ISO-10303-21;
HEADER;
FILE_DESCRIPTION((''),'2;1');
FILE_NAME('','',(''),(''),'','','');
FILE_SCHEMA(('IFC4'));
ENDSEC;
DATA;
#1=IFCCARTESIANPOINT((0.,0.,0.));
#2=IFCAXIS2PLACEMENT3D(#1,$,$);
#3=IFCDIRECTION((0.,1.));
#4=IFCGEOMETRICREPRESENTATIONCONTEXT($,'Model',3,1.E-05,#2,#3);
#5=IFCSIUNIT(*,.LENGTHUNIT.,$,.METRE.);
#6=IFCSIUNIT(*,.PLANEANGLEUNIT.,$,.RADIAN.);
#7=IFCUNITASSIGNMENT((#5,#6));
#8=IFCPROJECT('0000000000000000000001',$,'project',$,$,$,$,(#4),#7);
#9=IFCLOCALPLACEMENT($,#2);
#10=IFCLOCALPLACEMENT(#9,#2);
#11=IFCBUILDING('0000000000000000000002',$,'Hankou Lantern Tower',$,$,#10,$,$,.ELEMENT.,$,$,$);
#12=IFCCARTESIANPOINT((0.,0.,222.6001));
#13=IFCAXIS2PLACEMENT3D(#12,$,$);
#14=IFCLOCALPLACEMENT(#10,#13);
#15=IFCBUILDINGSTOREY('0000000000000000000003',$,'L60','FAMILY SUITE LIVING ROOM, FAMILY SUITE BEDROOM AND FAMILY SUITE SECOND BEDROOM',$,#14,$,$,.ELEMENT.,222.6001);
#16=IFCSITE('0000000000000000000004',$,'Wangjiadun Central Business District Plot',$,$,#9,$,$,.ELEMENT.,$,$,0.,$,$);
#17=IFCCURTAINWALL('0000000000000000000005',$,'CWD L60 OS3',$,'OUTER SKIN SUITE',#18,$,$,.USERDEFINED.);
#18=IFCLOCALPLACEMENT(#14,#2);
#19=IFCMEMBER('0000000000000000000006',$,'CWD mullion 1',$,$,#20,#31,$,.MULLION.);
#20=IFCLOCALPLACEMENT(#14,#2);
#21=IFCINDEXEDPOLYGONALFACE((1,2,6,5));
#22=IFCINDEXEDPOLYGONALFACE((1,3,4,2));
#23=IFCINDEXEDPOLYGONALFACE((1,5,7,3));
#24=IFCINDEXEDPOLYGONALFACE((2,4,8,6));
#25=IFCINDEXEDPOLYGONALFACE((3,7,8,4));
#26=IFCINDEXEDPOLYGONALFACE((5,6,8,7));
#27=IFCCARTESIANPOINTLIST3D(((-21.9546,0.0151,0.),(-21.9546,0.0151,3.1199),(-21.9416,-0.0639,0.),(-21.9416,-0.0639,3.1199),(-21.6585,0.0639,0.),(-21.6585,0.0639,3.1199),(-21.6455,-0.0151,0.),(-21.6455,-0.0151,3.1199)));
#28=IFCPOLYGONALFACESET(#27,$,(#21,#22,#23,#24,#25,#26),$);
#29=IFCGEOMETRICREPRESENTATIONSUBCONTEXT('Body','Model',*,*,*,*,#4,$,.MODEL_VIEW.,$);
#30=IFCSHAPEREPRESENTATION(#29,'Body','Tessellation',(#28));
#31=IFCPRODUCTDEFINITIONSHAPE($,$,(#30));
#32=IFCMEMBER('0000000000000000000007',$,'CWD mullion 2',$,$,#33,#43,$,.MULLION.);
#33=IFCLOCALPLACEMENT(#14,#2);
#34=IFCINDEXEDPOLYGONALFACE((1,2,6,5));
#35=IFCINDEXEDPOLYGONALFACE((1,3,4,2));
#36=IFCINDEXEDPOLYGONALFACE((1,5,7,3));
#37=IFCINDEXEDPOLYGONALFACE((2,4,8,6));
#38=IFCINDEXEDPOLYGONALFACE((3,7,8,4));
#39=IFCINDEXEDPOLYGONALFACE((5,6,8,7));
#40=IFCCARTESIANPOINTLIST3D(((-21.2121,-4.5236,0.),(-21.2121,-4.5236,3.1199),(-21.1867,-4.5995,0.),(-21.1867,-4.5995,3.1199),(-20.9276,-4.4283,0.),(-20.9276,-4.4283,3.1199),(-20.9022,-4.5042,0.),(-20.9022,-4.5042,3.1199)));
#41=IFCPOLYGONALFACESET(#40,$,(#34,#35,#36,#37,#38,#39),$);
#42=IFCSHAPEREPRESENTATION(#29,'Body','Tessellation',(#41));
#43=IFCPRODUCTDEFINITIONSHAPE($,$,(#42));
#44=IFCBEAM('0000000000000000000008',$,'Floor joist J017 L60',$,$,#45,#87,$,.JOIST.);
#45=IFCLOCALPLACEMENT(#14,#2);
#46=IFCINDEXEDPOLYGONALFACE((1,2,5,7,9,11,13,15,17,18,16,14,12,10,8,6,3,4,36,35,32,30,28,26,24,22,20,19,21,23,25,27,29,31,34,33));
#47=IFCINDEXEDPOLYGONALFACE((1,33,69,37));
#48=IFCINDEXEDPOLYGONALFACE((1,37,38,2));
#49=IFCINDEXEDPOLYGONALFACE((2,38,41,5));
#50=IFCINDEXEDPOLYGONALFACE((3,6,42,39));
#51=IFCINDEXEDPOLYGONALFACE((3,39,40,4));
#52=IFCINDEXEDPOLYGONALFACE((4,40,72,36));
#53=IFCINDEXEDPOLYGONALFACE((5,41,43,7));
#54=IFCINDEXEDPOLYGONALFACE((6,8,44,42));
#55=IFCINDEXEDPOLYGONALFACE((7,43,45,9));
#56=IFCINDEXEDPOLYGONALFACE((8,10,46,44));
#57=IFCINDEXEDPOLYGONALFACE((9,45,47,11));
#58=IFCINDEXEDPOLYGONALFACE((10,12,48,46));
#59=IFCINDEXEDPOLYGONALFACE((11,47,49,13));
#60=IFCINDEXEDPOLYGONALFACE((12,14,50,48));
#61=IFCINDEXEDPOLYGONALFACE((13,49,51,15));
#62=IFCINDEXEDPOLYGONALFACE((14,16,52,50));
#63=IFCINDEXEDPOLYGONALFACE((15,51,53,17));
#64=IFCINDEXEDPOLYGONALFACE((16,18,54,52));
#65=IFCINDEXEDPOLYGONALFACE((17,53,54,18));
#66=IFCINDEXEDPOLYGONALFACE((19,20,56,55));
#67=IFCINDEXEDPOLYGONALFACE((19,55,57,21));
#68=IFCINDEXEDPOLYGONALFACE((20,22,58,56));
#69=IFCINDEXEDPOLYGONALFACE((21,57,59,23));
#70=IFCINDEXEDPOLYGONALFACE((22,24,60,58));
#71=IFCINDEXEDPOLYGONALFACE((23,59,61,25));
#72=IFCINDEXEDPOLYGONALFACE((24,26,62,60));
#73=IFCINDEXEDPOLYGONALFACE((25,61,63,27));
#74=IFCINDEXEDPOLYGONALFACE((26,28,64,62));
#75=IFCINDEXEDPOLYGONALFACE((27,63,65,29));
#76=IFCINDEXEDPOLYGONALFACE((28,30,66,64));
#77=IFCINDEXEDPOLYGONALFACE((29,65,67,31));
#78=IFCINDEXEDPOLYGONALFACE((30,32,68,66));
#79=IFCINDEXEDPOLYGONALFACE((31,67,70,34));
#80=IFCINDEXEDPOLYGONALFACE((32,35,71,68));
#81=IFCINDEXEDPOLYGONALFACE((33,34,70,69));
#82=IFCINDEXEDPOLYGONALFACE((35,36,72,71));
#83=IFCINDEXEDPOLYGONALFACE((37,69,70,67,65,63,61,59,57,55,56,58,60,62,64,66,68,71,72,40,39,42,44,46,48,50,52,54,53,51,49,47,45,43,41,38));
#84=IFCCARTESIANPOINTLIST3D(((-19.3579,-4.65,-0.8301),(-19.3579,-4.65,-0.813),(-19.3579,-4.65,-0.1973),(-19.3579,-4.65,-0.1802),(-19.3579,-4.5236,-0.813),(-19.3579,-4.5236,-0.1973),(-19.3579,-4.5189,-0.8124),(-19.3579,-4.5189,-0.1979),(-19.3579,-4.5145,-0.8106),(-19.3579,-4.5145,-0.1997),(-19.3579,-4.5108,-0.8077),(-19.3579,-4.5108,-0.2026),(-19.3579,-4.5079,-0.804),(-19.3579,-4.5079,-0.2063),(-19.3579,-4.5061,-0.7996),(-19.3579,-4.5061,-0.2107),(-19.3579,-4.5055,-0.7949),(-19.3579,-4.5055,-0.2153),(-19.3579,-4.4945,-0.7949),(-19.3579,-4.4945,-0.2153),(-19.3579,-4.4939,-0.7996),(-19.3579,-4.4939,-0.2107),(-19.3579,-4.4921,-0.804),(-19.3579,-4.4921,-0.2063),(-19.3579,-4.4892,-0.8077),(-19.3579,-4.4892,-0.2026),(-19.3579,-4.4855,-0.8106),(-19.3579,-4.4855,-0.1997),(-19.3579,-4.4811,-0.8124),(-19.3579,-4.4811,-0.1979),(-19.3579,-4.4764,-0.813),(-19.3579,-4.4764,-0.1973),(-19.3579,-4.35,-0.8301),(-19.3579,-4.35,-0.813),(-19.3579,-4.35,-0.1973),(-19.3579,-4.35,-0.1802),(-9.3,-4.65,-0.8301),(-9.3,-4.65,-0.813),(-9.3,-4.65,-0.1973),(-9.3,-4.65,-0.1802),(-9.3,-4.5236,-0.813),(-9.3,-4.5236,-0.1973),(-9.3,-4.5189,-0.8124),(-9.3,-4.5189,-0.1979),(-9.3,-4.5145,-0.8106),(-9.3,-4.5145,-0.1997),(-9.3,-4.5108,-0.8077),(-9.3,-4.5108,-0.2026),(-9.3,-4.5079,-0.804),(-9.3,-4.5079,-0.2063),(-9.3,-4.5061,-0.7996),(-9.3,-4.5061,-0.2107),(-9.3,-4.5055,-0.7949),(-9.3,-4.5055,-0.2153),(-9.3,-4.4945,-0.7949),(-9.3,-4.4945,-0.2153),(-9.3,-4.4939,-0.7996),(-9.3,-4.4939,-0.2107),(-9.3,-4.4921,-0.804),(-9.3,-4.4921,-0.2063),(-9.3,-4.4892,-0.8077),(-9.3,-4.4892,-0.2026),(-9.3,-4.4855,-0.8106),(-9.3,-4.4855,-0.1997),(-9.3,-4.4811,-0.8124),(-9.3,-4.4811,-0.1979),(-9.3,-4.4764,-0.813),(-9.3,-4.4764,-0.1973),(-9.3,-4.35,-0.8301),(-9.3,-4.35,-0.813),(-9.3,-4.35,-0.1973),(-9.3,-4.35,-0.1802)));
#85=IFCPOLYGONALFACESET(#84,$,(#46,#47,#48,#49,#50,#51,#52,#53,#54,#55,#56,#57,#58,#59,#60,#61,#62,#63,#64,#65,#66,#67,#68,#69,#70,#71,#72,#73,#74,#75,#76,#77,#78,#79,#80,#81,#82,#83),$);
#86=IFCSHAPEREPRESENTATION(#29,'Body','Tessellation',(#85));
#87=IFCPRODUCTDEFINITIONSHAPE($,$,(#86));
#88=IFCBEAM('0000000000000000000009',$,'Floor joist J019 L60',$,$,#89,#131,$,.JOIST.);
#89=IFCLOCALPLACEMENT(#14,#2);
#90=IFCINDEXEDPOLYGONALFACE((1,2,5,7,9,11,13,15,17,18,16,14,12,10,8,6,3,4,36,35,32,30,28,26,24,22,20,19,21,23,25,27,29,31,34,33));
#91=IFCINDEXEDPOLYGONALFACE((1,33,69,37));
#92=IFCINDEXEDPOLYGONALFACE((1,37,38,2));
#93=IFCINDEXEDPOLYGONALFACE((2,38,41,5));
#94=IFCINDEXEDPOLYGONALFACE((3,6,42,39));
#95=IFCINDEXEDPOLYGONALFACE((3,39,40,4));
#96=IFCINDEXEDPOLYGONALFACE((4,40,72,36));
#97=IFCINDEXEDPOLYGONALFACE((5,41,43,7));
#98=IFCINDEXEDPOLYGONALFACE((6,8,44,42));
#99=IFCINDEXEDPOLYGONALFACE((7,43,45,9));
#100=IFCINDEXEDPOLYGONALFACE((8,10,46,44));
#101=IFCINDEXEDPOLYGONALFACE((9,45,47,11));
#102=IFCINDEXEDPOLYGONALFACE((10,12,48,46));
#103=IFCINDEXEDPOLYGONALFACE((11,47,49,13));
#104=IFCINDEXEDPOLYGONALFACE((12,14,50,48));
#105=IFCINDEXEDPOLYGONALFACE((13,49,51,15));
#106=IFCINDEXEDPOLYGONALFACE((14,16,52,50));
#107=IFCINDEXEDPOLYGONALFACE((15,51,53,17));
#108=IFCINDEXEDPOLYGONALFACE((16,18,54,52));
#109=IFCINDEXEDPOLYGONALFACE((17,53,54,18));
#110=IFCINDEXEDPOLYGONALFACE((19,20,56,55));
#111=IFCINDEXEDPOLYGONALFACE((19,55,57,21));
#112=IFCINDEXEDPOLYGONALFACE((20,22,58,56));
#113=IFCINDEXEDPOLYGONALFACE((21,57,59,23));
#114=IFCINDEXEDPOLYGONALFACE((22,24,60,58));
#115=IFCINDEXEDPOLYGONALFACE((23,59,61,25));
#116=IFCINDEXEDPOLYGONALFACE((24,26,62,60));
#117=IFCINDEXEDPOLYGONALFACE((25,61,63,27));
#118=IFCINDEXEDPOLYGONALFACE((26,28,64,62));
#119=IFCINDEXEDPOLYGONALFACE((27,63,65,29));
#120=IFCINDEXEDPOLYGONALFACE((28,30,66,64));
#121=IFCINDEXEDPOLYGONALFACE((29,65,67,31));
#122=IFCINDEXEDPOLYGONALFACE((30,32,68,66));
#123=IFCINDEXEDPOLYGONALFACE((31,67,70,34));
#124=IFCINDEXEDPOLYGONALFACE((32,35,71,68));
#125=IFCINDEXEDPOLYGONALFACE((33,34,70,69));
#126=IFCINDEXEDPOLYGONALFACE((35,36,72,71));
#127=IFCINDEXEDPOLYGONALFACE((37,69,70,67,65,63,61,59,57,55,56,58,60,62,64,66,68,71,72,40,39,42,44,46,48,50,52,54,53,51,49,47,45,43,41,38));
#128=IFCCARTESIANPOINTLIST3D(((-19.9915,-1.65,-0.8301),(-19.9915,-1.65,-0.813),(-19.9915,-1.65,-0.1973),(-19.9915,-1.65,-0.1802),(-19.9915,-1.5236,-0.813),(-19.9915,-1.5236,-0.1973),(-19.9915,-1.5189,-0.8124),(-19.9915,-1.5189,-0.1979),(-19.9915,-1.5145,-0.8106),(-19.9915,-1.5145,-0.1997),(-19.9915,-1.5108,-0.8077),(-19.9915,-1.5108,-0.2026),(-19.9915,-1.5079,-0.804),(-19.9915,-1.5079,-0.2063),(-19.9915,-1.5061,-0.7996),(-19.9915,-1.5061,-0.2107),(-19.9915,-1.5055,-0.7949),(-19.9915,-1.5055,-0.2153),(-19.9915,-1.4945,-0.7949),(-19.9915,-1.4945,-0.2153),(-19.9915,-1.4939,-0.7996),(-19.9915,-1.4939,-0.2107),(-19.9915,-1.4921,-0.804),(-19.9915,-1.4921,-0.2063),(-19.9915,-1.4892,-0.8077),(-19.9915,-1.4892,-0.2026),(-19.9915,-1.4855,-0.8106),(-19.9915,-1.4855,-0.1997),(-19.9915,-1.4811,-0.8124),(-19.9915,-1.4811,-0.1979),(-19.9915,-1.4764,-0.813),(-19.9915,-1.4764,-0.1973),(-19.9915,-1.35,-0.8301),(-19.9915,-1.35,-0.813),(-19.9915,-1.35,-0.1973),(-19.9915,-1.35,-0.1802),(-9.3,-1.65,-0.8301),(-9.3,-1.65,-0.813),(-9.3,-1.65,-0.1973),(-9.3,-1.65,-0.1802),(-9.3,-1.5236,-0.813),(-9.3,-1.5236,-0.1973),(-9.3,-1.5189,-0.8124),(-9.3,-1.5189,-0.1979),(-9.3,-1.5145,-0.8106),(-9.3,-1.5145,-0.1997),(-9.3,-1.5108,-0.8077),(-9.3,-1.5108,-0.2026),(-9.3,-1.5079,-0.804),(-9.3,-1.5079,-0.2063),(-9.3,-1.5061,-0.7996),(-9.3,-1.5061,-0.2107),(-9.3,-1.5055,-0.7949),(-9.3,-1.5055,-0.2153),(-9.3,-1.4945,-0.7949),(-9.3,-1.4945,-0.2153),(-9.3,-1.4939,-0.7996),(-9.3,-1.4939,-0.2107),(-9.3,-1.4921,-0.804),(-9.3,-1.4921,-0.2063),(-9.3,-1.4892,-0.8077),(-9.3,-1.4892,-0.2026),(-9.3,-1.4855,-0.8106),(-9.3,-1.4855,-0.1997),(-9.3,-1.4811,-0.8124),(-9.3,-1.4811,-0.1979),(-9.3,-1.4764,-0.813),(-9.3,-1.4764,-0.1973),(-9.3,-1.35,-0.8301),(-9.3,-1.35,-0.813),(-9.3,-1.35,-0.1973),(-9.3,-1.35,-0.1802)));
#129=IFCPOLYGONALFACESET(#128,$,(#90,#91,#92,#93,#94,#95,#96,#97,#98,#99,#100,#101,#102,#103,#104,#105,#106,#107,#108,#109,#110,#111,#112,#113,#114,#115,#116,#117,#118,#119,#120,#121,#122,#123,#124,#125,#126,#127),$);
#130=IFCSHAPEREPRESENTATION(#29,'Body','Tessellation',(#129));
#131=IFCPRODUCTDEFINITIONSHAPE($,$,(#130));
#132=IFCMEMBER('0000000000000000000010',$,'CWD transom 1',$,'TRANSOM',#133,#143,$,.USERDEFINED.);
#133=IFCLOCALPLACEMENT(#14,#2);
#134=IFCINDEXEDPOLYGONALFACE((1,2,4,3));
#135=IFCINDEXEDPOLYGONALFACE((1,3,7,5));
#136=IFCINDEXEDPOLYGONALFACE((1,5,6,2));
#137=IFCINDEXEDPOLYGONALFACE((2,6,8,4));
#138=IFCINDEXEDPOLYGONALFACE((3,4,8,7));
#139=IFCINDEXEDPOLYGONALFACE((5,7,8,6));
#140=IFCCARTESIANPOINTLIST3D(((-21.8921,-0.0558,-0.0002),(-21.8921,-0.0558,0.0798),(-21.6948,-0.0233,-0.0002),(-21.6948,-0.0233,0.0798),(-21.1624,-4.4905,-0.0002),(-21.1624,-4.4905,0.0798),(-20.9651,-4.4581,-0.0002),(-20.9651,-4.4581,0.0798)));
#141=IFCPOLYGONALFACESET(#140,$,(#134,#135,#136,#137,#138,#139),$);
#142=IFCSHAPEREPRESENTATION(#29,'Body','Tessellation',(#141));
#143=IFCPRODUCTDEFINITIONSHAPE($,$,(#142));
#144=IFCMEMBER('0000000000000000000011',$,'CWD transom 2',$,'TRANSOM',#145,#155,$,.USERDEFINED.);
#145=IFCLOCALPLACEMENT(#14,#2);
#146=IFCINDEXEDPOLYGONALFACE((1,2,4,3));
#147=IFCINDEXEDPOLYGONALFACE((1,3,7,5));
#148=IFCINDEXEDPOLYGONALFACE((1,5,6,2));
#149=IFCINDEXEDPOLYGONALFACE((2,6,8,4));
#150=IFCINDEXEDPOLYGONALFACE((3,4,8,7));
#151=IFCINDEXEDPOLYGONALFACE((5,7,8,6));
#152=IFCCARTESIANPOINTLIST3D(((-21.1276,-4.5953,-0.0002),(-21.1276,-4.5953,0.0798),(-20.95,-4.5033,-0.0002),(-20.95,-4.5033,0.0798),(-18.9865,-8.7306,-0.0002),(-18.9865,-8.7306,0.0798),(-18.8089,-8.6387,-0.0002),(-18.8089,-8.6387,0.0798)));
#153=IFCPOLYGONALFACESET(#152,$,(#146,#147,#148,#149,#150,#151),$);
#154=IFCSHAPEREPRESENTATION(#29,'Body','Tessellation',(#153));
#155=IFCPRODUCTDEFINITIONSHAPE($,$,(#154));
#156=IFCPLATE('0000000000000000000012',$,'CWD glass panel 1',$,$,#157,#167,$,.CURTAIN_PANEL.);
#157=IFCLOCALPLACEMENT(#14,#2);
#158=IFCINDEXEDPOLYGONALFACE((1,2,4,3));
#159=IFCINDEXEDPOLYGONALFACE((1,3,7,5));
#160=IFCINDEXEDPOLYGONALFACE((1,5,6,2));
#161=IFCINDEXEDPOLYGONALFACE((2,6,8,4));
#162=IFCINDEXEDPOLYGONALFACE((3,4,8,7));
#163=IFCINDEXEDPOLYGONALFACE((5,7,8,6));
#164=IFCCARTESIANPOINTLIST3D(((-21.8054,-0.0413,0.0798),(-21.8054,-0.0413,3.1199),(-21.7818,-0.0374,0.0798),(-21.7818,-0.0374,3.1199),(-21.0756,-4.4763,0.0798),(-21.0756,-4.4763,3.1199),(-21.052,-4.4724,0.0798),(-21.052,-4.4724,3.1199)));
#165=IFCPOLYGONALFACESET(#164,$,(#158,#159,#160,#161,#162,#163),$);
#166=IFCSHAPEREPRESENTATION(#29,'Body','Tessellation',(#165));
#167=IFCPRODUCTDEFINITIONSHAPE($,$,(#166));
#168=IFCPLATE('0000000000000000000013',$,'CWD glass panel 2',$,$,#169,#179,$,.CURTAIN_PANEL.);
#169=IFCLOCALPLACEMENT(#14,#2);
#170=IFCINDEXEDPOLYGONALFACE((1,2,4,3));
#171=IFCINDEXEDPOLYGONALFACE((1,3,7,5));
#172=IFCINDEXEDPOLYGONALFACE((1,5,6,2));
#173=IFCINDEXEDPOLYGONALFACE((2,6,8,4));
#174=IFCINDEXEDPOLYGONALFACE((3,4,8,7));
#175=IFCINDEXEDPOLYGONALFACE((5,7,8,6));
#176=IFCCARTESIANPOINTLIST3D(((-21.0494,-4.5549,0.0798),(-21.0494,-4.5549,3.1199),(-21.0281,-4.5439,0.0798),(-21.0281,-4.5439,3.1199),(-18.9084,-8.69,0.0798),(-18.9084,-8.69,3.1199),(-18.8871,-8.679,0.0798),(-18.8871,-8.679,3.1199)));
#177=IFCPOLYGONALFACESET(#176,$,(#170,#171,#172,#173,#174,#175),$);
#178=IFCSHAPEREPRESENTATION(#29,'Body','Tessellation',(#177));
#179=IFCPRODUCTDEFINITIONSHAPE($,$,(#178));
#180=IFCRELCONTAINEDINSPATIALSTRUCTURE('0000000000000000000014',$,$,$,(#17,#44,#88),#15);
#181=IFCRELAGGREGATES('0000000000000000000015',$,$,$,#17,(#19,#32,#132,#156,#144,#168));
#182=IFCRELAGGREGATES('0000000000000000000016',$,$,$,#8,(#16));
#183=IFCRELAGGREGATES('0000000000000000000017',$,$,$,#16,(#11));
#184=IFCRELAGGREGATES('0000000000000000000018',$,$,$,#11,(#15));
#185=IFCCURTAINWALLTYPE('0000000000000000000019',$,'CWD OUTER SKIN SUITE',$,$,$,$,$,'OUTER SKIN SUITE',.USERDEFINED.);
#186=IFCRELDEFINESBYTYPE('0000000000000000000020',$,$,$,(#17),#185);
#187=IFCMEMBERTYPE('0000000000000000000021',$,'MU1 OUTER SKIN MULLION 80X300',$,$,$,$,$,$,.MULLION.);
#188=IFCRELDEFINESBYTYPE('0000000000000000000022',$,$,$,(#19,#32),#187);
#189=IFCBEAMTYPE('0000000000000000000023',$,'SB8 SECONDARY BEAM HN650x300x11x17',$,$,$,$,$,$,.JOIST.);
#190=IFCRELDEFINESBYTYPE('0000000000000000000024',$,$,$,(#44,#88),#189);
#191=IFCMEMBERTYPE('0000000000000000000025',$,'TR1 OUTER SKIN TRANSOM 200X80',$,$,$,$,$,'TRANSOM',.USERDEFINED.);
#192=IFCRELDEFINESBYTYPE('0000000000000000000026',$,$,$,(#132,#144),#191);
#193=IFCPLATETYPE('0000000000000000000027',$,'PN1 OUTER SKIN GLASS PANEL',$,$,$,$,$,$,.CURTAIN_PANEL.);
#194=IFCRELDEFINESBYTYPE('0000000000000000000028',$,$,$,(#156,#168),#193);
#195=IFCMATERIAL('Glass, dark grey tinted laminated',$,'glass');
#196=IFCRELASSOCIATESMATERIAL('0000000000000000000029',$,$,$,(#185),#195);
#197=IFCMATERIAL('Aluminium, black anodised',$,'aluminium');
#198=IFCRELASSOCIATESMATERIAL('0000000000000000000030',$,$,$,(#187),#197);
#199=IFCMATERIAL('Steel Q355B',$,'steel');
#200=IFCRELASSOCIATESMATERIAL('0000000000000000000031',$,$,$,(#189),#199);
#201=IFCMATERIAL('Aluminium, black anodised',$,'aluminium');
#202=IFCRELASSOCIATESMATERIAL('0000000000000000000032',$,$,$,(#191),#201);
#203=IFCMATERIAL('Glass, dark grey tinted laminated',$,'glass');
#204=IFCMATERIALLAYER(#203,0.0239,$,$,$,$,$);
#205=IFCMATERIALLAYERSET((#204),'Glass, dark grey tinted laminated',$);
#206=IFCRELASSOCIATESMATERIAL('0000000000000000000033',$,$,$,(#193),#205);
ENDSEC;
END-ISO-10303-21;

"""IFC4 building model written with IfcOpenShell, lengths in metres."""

from ifc_helpers import new_model, si_unit, direction, frame, origin, origin_2d, place, context, subcontext, project, spatial, rectangle, i_section, extrude, material, layer, layer_set, material_profile, profile_set, type_object, element, aggregate, save


model = new_model("IFC4")

# Units and contexts
model_context = context("Model", 3, precision=1e-05, world=origin(), true_north=direction((0.0, 1.0)))
body_context = subcontext(model_context, "Body", "Model", "MODEL_VIEW")
ifc_project = project(units=[si_unit("LENGTHUNIT", "METRE"), si_unit("PLANEANGLEUNIT", "RADIAN")], contexts=[model_context])

# Site, building, storey
site_placement = place(None, origin())
site = spatial("IfcSite", under=ifc_project, at=site_placement, Name="Wangjiadun Central Business District Plot", CompositionType="ELEMENT", RefElevation=0.0)
building_placement = place(site_placement, origin())
building = spatial("IfcBuilding", under=site, at=building_placement, Name="Hankou Lantern Tower", CompositionType="ELEMENT")
storey_placement = place(building_placement, frame((0.0, 0.0, 222.6001)))
storey = spatial("IfcBuildingStorey", under=building, at=storey_placement, Name="L60", Description="FAMILY SUITE LIVING ROOM, FAMILY SUITE BEDROOM AND FAMILY SUITE SECOND BEDROOM", CompositionType="ELEMENT", Elevation=222.6001)

# Curtain wall, members
ifc_material_1 = material(Name="Glass, dark grey tinted laminated", Category="glass")
curtain_wall_type = type_object("IfcCurtainWallType", Name="CWD OUTER SKIN SUITE", ElementType="OUTER SKIN SUITE", PredefinedType="USERDEFINED", material=ifc_material_1)
curtain_wall_placement = place(storey_placement, origin())
curtain_wall = element("IfcCurtainWall", 1, at=curtain_wall_placement, inside=storey, type_object=curtain_wall_type, Name="CWD L60 OS3", ObjectType="OUTER SKIN SUITE", PredefinedType="USERDEFINED")
ifc_material_2 = material(Name="Aluminium, black anodised", Category="aluminium")
ifc_material_profile_1 = material_profile(ifc_material_2, rectangle(XDim=0.0801, YDim=0.3, at=origin_2d()), Name="MU1 80X300")
ifc_profile_set_1 = profile_set([ifc_material_profile_1], Name="Aluminium, black anodised")
member_type_1 = type_object("IfcMemberType", Name="MU1 OUTER SKIN MULLION 80X300", PredefinedType="MULLION", material=ifc_profile_set_1)
member_1_placement = place(storey_placement, frame((-21.8, 0.0, 0.0), z_axis=(0.0, 0.0, 1.0), x_axis=(0.162382, -0.986728, 0.0)))
member_1 = element("IfcMember", 2, at=member_1_placement, type_object=member_type_1, Name="CWD mullion 1", PredefinedType="MULLION", context=body_context, shape_type="SweptSolid", body=[
    extrude(rectangle(XDim=0.0801, YDim=0.3, at=origin_2d()), origin(), (0.0, 0.0, 1.0), 3.1199),
])
member_2_placement = place(storey_placement, frame((-21.0571, -4.5139, 0.0), z_axis=(0.0, 0.0, 1.0), x_axis=(0.317596, -0.948226, 0.0)))
member_2 = element("IfcMember", 3, at=member_2_placement, type_object=member_type_1, Name="CWD mullion 2", PredefinedType="MULLION", context=body_context, shape_type="SweptSolid", body=[
    extrude(rectangle(XDim=0.0801, YDim=0.3, at=origin_2d()), origin(), (0.0, 0.0, 1.0), 3.1199),
])

# Beams
ifc_material_3 = material(Name="Steel Q355B", Category="steel")
ifc_material_profile_2 = material_profile(ifc_material_3, i_section(OverallWidth=0.3, OverallDepth=0.6499, WebThickness=0.011, FlangeThickness=0.0171, FilletRadius=0.0181, at=origin_2d()), Name="HN650x300x11x17")
ifc_profile_set_2 = profile_set([ifc_material_profile_2], Name="Steel Q355B")
beam_type_1 = type_object("IfcBeamType", Name="SB8 SECONDARY BEAM HN650x300x11x17", PredefinedType="JOIST", material=ifc_profile_set_2)
beam_1_placement = place(storey_placement, frame((-19.3579, -4.5, -0.5051), z_axis=(1.0, 0.0, 0.0), x_axis=(0.0, 1.0, 0.0)))
element("IfcBeam", 4, at=beam_1_placement, inside=storey, type_object=beam_type_1, Name="Floor joist J017 L60", PredefinedType="JOIST", context=body_context, shape_type="SweptSolid", body=[
    extrude(i_section(OverallWidth=0.3, OverallDepth=0.6499, WebThickness=0.011, FlangeThickness=0.0171, FilletRadius=0.0181, at=origin_2d()), origin(), (0.0, 0.0, 1.0), 10.0579),
])
beam_2_placement = place(storey_placement, frame((-19.9915, -1.5, -0.5051), z_axis=(1.0, 0.0, 0.0), x_axis=(0.0, 1.0, 0.0)))
element("IfcBeam", 5, at=beam_2_placement, inside=storey, type_object=beam_type_1, Name="Floor joist J019 L60", PredefinedType="JOIST", context=body_context, shape_type="SweptSolid", body=[
    extrude(i_section(OverallWidth=0.3, OverallDepth=0.6499, WebThickness=0.011, FlangeThickness=0.0171, FilletRadius=0.0181, at=origin_2d()), origin(), (0.0, 0.0, 1.0), 10.6914),
])

# Members
ifc_material_4 = material(Name="Aluminium, black anodised", Category="aluminium")
ifc_material_profile_3 = material_profile(ifc_material_4, rectangle(XDim=0.2, YDim=0.0801, at=origin_2d()), Name="TR1 200X80")
ifc_profile_set_3 = profile_set([ifc_material_profile_3], Name="Aluminium, black anodised")
member_type_2 = type_object("IfcMemberType", Name="TR1 OUTER SKIN TRANSOM 200X80", ElementType="TRANSOM", PredefinedType="USERDEFINED", material=ifc_profile_set_3)
member_3_placement = place(storey_placement, frame((-21.7935, -0.0396, 0.0398), z_axis=(0.162364, -0.986731, 0.0), x_axis=(0.986731, 0.162364, 0.0)))
member_3 = element("IfcMember", 6, at=member_3_placement, type_object=member_type_2, Name="CWD transom 1", ObjectType="TRANSOM", PredefinedType="USERDEFINED", context=body_context, shape_type="SweptSolid", body=[
    extrude(rectangle(XDim=0.2, YDim=0.0801, at=origin_2d()), origin(), (0.0, 0.0, 1.0), 4.4944),
])
member_4_placement = place(storey_placement, frame((-21.0388, -4.5493, 0.0398), z_axis=(0.459794, -0.888026, 0.0), x_axis=(0.888026, 0.459794, 0.0)))
member_4 = element("IfcMember", 7, at=member_4_placement, type_object=member_type_2, Name="CWD transom 2", ObjectType="TRANSOM", PredefinedType="USERDEFINED", context=body_context, shape_type="SweptSolid", body=[
    extrude(rectangle(XDim=0.2, YDim=0.0801, at=origin_2d()), origin(), (0.0, 0.0, 1.0), 4.6567),
])

# Plates
ifc_material_5 = material(Name="Glass, dark grey tinted laminated", Category="glass")
ifc_layer_1 = layer(ifc_material_5, 0.0239)
ifc_layer_set_1 = layer_set([ifc_layer_1], Name="Glass, dark grey tinted laminated")
plate_type = type_object("IfcPlateType", Name="PN1 OUTER SKIN GLASS PANEL", PredefinedType="CURTAIN_PANEL", material=ifc_layer_set_1)
plate_1_placement = place(storey_placement, frame((-21.4287, -2.2568, 0.0798), z_axis=(0.0, 0.0, 1.0), x_axis=(0.162382, -0.986728, 0.0)))
plate_1 = element("IfcPlate", 8, at=plate_1_placement, type_object=plate_type, Name="CWD glass panel 1", PredefinedType="CURTAIN_PANEL", context=body_context, shape_type="SweptSolid", body=[
    extrude(rectangle(XDim=4.4946, YDim=0.0239, at=origin_2d()), origin(), (0.0, 0.0, 1.0), 3.04),
])
plate_2_placement = place(storey_placement, frame((-19.9683, -6.6169, 0.0798), z_axis=(0.0, 0.0, 1.0), x_axis=(0.459791, -0.888027, 0.0)))
plate_2 = element("IfcPlate", 9, at=plate_2_placement, type_object=plate_type, Name="CWD glass panel 2", PredefinedType="CURTAIN_PANEL", context=body_context, shape_type="SweptSolid", body=[
    extrude(rectangle(XDim=4.6565, YDim=0.0239, at=origin_2d()), origin(), (0.0, 0.0, 1.0), 3.04),
])
aggregate(curtain_wall, [member_1, member_2, member_3, plate_1, member_4, plate_2])

save(model, "model.ifc")
